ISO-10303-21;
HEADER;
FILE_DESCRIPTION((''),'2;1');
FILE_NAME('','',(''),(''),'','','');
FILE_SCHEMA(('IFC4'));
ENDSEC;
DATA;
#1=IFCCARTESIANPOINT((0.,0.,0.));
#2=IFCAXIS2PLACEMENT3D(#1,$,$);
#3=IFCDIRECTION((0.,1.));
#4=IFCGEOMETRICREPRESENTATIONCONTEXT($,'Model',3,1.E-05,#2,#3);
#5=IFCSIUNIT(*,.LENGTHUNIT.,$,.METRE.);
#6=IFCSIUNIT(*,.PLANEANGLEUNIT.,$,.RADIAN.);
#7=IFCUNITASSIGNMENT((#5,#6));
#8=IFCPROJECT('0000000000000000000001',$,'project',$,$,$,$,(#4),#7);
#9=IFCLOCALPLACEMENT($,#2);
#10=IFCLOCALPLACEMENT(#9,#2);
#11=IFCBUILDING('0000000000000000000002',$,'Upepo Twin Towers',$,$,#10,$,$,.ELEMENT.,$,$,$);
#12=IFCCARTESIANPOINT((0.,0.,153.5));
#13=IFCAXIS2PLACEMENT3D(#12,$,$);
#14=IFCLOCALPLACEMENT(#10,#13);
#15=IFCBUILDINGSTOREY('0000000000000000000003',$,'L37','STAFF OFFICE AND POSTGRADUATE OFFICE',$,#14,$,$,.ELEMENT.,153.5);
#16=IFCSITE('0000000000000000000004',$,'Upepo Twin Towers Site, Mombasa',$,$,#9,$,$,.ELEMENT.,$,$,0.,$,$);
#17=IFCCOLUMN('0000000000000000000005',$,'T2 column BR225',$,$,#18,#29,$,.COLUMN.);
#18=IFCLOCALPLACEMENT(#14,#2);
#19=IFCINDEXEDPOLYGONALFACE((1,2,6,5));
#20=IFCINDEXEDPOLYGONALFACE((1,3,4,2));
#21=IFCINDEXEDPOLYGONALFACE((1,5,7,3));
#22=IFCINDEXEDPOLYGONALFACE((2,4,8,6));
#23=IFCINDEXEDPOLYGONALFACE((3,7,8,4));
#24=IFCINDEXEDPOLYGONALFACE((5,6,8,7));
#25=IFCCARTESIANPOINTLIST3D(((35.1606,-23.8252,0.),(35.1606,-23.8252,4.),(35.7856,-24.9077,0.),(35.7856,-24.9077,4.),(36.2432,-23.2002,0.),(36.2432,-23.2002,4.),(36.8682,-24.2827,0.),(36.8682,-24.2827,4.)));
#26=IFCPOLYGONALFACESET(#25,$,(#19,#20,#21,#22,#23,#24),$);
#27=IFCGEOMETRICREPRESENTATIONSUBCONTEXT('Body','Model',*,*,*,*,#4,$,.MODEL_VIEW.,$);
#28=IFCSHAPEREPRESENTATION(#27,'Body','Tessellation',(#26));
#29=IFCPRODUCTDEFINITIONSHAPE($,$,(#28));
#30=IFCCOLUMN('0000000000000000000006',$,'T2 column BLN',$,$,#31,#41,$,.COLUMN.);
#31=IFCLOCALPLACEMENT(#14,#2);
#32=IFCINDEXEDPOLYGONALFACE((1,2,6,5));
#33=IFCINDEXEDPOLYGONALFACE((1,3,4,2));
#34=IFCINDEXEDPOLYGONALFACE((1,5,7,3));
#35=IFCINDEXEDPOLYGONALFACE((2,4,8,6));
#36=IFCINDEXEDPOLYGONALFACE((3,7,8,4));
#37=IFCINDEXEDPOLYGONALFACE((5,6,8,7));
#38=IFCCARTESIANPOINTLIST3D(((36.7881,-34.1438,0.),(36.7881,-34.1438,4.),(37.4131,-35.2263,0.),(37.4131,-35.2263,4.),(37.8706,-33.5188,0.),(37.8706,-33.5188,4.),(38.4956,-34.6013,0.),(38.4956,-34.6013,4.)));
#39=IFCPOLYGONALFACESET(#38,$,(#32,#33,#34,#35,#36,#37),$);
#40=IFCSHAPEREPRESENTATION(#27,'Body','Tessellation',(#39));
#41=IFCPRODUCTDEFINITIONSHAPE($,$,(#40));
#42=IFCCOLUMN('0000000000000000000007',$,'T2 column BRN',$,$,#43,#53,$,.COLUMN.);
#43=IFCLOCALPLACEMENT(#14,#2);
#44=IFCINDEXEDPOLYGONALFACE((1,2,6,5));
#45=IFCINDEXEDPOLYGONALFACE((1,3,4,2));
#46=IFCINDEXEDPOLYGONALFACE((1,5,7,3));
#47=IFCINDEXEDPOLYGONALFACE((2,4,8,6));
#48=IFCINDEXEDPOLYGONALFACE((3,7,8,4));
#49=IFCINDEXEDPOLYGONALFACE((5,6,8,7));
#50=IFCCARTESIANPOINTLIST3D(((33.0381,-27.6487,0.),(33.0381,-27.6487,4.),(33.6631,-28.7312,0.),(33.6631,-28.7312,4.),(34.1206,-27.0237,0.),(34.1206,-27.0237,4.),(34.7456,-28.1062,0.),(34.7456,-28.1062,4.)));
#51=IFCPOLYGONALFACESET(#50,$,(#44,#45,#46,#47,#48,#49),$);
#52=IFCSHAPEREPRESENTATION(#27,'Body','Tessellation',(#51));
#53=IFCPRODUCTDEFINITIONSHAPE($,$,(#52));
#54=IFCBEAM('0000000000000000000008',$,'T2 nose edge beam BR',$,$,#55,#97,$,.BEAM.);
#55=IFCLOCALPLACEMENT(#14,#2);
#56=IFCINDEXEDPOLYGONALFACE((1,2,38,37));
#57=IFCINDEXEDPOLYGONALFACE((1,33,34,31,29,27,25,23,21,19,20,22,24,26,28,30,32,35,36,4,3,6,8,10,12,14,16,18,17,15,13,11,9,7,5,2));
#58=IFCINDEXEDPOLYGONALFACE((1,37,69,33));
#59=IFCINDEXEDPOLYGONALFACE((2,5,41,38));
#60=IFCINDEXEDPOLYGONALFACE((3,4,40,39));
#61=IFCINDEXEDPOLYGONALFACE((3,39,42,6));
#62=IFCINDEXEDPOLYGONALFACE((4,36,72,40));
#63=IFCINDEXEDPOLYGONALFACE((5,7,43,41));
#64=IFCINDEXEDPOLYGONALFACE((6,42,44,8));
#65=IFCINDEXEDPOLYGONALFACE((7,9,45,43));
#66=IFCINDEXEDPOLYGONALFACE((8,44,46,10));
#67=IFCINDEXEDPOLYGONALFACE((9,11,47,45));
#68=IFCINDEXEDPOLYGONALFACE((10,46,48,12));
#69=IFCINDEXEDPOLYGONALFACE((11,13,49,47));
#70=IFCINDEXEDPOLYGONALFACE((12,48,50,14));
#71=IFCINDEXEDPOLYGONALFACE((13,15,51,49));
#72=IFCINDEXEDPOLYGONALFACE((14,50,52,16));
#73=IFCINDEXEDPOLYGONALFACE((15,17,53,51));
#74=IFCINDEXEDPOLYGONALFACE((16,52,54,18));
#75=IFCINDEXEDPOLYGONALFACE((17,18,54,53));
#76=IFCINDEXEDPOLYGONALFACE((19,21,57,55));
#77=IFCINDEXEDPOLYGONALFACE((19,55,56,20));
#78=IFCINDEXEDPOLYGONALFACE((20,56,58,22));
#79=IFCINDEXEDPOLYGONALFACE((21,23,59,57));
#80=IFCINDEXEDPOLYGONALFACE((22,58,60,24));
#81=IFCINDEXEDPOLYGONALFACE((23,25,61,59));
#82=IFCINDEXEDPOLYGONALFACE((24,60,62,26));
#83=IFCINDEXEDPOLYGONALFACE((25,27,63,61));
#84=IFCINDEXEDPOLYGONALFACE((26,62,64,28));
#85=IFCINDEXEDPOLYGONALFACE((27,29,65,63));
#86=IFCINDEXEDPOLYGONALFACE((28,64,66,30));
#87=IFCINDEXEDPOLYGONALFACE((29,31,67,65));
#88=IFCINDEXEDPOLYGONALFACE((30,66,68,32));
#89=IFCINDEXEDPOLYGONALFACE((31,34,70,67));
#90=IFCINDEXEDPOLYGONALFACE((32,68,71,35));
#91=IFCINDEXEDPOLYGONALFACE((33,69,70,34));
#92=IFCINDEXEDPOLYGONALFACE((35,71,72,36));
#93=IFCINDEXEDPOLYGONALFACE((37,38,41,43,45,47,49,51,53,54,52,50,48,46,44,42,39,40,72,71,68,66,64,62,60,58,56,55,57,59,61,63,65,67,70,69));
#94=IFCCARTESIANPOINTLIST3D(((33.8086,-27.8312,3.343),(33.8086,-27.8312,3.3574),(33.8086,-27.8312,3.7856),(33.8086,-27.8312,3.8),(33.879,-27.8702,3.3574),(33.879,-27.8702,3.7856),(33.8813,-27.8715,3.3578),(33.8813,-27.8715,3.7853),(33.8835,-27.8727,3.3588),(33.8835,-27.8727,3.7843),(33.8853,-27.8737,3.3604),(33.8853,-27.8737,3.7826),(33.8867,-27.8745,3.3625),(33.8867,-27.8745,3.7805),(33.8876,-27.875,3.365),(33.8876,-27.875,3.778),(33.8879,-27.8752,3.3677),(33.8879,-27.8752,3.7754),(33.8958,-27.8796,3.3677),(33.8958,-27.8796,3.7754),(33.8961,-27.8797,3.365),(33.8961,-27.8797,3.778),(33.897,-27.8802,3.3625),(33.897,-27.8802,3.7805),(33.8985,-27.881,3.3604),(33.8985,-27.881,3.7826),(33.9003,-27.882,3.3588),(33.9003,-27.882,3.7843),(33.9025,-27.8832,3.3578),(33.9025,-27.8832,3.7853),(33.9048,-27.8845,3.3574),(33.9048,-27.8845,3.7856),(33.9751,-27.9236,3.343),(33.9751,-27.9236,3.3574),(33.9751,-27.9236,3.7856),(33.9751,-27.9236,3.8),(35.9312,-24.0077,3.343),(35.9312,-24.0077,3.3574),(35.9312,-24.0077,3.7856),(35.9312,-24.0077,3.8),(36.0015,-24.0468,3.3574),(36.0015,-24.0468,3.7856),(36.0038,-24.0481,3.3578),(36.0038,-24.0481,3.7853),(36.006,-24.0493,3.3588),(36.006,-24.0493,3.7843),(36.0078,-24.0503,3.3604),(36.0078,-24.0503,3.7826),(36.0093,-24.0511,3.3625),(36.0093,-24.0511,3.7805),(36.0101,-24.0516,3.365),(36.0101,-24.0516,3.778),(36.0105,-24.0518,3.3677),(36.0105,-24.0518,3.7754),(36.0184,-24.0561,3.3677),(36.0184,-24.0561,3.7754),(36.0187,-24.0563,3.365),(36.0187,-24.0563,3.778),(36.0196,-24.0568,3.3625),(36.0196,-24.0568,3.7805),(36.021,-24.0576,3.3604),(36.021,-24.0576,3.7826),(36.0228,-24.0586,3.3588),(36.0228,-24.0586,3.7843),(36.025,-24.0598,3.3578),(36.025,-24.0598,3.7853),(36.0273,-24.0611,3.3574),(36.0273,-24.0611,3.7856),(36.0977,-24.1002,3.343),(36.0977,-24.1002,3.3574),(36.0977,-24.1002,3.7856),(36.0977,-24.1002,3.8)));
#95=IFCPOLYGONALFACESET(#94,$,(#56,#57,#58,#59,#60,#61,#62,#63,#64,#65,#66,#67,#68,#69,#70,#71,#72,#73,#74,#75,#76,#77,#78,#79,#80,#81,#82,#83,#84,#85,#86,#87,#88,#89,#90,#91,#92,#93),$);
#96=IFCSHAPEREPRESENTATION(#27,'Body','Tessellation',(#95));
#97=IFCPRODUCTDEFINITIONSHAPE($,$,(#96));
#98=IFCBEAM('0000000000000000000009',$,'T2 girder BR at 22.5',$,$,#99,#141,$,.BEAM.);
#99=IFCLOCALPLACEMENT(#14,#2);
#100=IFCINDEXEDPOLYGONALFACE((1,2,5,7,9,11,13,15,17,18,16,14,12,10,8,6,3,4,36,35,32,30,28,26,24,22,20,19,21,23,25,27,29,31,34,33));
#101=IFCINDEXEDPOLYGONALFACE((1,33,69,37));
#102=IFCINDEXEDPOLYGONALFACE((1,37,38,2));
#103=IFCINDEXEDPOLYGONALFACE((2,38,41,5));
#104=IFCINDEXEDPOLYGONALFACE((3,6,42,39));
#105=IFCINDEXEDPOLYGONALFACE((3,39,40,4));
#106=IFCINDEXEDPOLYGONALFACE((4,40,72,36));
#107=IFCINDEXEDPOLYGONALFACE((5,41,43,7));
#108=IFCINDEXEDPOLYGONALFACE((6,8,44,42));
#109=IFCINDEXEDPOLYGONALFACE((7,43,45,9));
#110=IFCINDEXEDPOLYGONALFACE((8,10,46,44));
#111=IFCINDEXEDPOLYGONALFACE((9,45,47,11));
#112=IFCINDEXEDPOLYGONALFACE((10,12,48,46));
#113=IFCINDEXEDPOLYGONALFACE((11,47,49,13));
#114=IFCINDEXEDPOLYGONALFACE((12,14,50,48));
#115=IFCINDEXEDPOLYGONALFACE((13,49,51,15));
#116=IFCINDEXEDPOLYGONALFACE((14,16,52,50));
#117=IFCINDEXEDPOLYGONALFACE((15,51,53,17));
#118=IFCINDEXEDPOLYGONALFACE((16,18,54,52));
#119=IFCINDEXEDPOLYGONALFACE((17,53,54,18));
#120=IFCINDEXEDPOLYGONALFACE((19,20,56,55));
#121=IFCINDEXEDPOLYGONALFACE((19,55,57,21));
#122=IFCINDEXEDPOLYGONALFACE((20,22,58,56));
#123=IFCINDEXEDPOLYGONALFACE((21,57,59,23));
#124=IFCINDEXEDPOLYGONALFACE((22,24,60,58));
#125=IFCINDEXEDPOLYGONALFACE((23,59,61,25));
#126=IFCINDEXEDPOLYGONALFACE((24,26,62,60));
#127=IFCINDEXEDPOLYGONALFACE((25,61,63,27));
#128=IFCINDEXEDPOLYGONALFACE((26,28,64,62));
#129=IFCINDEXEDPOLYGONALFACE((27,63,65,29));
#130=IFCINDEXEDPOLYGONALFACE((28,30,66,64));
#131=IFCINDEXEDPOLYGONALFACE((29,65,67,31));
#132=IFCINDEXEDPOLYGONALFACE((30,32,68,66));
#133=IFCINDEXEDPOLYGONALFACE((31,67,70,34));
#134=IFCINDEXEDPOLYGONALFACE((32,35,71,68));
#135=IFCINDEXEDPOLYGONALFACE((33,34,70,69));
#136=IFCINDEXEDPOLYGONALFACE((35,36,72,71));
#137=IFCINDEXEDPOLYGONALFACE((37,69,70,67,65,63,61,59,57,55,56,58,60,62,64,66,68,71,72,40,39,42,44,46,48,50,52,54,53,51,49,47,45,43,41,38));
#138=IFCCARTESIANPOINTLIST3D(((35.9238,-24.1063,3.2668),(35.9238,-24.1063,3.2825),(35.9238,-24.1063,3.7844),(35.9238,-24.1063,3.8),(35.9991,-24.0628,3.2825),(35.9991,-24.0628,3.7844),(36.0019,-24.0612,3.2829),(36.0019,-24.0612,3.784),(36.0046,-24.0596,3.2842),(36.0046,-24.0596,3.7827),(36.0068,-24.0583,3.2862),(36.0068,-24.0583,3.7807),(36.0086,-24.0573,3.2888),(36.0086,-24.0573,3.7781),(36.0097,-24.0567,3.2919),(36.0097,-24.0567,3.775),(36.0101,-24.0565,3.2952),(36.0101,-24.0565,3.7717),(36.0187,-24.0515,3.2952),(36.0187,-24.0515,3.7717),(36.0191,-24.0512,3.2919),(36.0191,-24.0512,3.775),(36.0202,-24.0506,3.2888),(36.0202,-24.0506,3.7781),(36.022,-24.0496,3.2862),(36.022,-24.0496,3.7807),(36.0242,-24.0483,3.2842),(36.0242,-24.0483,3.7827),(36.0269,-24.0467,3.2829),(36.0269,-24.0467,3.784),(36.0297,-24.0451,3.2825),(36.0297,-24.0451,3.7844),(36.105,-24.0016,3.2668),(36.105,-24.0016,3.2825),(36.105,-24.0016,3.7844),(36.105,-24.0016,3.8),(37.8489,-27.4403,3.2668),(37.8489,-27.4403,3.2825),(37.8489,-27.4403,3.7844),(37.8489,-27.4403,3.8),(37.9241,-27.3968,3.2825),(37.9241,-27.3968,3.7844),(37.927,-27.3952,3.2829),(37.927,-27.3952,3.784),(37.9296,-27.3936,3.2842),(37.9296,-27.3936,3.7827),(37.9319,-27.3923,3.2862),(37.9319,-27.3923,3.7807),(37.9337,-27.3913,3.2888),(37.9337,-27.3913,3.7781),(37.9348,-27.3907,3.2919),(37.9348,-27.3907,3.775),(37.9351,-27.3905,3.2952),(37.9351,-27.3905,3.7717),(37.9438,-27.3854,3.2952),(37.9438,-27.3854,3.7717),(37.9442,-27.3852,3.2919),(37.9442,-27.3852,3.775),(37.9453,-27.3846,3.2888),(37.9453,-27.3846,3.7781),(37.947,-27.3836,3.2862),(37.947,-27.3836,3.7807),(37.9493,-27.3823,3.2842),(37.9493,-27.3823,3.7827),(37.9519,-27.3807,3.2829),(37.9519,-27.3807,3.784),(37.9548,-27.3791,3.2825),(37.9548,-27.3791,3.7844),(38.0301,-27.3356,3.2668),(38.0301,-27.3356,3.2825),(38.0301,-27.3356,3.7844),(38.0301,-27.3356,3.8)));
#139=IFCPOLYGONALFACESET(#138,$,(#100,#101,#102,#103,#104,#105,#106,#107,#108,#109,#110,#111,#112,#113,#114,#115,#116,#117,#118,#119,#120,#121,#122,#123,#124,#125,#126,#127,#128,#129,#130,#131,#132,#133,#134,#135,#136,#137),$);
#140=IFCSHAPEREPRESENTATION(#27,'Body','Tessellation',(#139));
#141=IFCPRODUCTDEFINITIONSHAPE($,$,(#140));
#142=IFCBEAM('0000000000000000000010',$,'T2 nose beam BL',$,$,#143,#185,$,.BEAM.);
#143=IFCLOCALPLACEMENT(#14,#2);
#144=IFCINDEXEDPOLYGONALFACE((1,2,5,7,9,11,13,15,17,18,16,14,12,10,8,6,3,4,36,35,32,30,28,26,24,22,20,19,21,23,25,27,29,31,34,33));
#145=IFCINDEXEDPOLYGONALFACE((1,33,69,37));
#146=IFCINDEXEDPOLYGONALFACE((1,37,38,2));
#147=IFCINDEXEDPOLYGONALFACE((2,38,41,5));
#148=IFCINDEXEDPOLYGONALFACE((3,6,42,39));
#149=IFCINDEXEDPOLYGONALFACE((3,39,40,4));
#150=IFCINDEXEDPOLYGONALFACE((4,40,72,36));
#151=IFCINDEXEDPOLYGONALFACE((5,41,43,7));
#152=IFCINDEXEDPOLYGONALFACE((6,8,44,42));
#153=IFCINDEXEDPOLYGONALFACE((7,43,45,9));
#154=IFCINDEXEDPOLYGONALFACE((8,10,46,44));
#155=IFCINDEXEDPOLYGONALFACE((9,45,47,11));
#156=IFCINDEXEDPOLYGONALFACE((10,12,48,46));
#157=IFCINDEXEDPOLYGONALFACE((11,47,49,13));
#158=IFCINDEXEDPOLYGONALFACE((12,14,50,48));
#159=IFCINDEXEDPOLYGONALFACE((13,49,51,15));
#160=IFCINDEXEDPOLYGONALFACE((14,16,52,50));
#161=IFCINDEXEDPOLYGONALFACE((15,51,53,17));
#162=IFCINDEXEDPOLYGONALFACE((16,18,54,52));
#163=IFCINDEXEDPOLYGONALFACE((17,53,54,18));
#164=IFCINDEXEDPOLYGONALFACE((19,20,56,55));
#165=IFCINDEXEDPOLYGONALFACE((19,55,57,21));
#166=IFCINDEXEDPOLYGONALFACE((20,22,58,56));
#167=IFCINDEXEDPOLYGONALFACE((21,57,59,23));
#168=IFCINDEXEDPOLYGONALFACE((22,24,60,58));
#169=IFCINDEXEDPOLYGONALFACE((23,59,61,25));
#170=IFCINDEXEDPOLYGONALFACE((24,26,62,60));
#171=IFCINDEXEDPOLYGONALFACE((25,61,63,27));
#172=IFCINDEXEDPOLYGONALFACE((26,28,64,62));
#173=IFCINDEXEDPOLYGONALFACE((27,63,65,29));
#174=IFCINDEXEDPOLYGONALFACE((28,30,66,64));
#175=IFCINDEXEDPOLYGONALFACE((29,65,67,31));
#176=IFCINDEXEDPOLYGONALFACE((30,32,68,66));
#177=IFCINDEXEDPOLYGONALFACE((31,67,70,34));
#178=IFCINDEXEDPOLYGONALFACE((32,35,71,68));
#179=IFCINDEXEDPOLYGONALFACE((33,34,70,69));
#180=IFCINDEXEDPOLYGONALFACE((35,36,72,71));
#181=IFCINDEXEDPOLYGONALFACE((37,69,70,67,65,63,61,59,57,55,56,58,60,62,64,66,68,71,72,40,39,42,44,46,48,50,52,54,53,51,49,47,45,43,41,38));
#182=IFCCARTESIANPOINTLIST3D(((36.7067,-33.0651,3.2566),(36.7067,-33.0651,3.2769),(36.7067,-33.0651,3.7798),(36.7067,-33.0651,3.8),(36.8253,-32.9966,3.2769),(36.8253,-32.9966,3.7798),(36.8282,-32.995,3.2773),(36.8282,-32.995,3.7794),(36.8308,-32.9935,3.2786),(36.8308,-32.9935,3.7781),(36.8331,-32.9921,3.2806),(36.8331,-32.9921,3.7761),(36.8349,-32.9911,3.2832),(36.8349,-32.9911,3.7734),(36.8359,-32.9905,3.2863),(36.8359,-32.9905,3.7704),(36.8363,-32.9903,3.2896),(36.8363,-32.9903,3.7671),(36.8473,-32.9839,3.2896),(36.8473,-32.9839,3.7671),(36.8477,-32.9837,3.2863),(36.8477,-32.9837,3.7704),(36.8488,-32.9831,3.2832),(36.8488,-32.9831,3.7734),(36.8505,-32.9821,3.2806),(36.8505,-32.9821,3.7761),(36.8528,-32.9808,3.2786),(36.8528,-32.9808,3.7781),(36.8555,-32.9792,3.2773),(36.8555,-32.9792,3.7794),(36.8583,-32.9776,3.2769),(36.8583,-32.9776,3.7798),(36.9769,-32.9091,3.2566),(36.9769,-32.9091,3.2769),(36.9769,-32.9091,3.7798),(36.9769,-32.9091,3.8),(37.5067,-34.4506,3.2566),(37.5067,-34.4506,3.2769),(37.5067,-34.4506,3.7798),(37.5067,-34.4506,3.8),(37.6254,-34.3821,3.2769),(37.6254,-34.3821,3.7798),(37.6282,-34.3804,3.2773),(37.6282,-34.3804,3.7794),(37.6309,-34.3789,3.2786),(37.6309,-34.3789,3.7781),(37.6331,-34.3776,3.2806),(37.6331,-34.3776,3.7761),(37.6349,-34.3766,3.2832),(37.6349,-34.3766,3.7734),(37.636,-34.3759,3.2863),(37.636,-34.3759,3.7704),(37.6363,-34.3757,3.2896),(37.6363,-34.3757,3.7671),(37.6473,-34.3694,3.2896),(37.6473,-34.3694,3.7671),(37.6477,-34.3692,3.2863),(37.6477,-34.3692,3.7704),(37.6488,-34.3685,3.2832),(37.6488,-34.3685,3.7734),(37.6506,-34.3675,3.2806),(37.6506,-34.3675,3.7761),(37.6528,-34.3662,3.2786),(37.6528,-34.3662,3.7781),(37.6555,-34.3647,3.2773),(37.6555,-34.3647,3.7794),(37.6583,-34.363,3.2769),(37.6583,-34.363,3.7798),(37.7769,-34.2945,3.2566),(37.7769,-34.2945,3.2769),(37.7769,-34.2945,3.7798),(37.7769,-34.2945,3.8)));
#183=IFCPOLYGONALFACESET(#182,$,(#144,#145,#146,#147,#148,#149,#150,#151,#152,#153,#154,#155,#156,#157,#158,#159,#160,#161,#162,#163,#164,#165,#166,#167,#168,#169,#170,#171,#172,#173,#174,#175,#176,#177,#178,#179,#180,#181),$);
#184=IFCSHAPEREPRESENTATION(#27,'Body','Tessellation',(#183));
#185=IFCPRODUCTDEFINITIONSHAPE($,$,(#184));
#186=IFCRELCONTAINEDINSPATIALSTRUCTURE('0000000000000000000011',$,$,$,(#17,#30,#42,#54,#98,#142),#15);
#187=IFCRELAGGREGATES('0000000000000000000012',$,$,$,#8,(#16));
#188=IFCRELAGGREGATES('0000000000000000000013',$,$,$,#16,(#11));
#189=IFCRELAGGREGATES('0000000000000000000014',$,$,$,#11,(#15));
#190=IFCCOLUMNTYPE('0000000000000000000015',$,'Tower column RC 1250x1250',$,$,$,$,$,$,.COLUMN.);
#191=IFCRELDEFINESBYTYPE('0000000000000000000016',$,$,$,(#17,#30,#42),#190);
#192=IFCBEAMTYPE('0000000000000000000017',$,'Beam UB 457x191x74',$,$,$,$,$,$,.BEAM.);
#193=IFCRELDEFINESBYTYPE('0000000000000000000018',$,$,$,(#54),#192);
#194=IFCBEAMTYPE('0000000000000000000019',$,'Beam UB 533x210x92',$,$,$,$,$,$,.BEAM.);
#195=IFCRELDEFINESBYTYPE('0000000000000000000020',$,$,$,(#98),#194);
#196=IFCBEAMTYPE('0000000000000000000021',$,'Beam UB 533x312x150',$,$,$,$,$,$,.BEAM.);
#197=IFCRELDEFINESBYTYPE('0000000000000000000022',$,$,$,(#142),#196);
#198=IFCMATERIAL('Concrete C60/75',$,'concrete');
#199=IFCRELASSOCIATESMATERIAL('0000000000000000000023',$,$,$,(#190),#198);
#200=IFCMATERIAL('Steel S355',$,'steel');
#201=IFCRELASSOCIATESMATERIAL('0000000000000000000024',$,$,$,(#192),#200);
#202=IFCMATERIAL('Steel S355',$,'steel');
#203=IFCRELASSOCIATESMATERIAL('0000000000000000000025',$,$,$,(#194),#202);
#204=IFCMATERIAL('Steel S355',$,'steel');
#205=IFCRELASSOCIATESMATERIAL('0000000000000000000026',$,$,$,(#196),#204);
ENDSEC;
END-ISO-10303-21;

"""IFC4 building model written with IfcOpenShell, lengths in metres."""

from ifc_helpers import new_model, si_unit, direction, frame, origin, origin_2d, place, context, subcontext, project, spatial, rectangle, i_section, extrude, material, material_profile, profile_set, type_object, element, save


model = new_model("IFC4")

# Units and contexts
model_context = context("Model", 3, precision=1e-05, world=origin(), true_north=direction((0.0, 1.0)))
body_context = subcontext(model_context, "Body", "Model", "MODEL_VIEW")
ifc_project = project(units=[si_unit("LENGTHUNIT", "METRE"), si_unit("PLANEANGLEUNIT", "RADIAN")], contexts=[model_context])

# Site, building, storey
site_placement = place(None, origin())
site = spatial("IfcSite", under=ifc_project, at=site_placement, Name="Upepo Twin Towers Site, Mombasa", CompositionType="ELEMENT", RefElevation=0.0)
building_placement = place(site_placement, origin())
building = spatial("IfcBuilding", under=site, at=building_placement, Name="Upepo Twin Towers", CompositionType="ELEMENT")
storey_placement = place(building_placement, frame((0.0, 0.0, 153.5)))
storey = spatial("IfcBuildingStorey", under=building, at=storey_placement, Name="L37", Description="STAFF OFFICE AND POSTGRADUATE OFFICE", CompositionType="ELEMENT", Elevation=153.5)

# Columns
ifc_material_1 = material(Name="Concrete C60/75", Category="concrete")
ifc_material_profile_1 = material_profile(ifc_material_1, rectangle(XDim=1.25, YDim=1.25, at=origin_2d()), Name="RC 1250x1250")
ifc_profile_set_1 = profile_set([ifc_material_profile_1], Name="Concrete C60/75")
column_type = type_object("IfcColumnType", Name="Tower column RC 1250x1250", PredefinedType="COLUMN", material=ifc_profile_set_1)
for number, where, z_axis, x_axis, name in (
    (1, (36.0144, -24.054, 0.0), (0.0, 0.0, 1.0), (0.866025, 0.5, 0.0), "T2 column BR225"),
    (2, (37.6418, -34.3726, 0.0), (0.0, 0.0, 1.0), (0.866025, 0.5, 0.0), "T2 column BLN"),
    (3, (33.8918, -27.8774, 0.0), (0.0, 0.0, 1.0), (0.866025, 0.5, 0.0), "T2 column BRN"),
):
    element("IfcColumn", number, at=place(storey_placement, frame(where, z_axis=z_axis, x_axis=x_axis)), inside=storey, type_object=column_type, Name=name, PredefinedType="COLUMN", context=body_context, shape_type="SweptSolid", body=[
        extrude(rectangle(XDim=1.25, YDim=1.25, at=origin_2d()), origin(), (0.0, 0.0, 1.0), 4.0),
    ])

# Beams
ifc_material_2 = material(Name="Steel S355", Category="steel")
ifc_material_profile_2 = material_profile(ifc_material_2, i_section(OverallWidth=0.1904, OverallDepth=0.457, WebThickness=0.009, FlangeThickness=0.0144, FilletRadius=0.0103, at=origin_2d()), Name="UB 457x191x74")
ifc_profile_set_2 = profile_set([ifc_material_profile_2], Name="Steel S355")
beam_type_1 = type_object("IfcBeamType", Name="Beam UB 457x191x74", PredefinedType="BEAM", material=ifc_profile_set_2)
beam_1_placement = place(storey_placement, frame((36.0144, -24.054, 3.5715), z_axis=(-0.485363, -0.874313, 0.0), x_axis=(0.874313, -0.485363, 0.0)))
element("IfcBeam", 4, at=beam_1_placement, inside=storey, type_object=beam_type_1, Name="T2 nose edge beam BR", PredefinedType="BEAM", context=body_context, shape_type="SweptSolid", body=[
    extrude(i_section(OverallWidth=0.1904, OverallDepth=0.457, WebThickness=0.009, FlangeThickness=0.0144, FilletRadius=0.0103, at=origin_2d()), origin(), (0.0, 0.0, 1.0), 4.373),
])
ifc_material_3 = material(Name="Steel S355", Category="steel")
ifc_material_profile_3 = material_profile(ifc_material_3, i_section(OverallWidth=0.2092, OverallDepth=0.5332, WebThickness=0.01, FlangeThickness=0.0156, FilletRadius=0.0127, at=origin_2d()), Name="UB 533x210x92")
ifc_profile_set_3 = profile_set([ifc_material_profile_3], Name="Steel S355")
beam_type_2 = type_object("IfcBeamType", Name="Beam UB 533x210x92", PredefinedType="BEAM", material=ifc_profile_set_3)
beam_2_placement = place(storey_placement, frame((36.0144, -24.054, 3.5334), z_axis=(0.500034, -0.866006, 0.0), x_axis=(0.866006, 0.500034, 0.0)))
element("IfcBeam", 5, at=beam_2_placement, inside=storey, type_object=beam_type_2, Name="T2 girder BR at 22.5", PredefinedType="BEAM", context=body_context, shape_type="SweptSolid", body=[
    extrude(i_section(OverallWidth=0.2092, OverallDepth=0.5332, WebThickness=0.01, FlangeThickness=0.0156, FilletRadius=0.0127, at=origin_2d()), origin(), (0.0, 0.0, 1.0), 3.8499),
])
ifc_material_4 = material(Name="Steel S355", Category="steel")
ifc_material_profile_4 = material_profile(ifc_material_4, i_section(OverallWidth=0.312, OverallDepth=0.5435, WebThickness=0.0127, FlangeThickness=0.0203, FilletRadius=0.0127, at=origin_2d()), Name="UB 533x312x150")
ifc_profile_set_4 = profile_set([ifc_material_profile_4], Name="Steel S355")
beam_type_3 = type_object("IfcBeamType", Name="Beam UB 533x312x150", PredefinedType="BEAM", material=ifc_profile_set_4)
for number, where, z_axis, x_axis, name in (
    (6, (37.6418, -34.3726, 3.5283), (-0.500061, 0.86599, 0.0), (-0.86599, -0.500061, 0.0), "T2 nose beam BL"),
):
    element("IfcBeam", number, at=place(storey_placement, frame(where, z_axis=z_axis, x_axis=x_axis)), inside=storey, type_object=beam_type_3, Name=name, PredefinedType="BEAM", context=body_context, shape_type="SweptSolid", body=[
        extrude(i_section(OverallWidth=0.312, OverallDepth=0.5435, WebThickness=0.0127, FlangeThickness=0.0203, FilletRadius=0.0127, at=origin_2d()), origin(), (0.0, 0.0, 1.0), 1.5999),
    ])

save(model, "model.ifc")
